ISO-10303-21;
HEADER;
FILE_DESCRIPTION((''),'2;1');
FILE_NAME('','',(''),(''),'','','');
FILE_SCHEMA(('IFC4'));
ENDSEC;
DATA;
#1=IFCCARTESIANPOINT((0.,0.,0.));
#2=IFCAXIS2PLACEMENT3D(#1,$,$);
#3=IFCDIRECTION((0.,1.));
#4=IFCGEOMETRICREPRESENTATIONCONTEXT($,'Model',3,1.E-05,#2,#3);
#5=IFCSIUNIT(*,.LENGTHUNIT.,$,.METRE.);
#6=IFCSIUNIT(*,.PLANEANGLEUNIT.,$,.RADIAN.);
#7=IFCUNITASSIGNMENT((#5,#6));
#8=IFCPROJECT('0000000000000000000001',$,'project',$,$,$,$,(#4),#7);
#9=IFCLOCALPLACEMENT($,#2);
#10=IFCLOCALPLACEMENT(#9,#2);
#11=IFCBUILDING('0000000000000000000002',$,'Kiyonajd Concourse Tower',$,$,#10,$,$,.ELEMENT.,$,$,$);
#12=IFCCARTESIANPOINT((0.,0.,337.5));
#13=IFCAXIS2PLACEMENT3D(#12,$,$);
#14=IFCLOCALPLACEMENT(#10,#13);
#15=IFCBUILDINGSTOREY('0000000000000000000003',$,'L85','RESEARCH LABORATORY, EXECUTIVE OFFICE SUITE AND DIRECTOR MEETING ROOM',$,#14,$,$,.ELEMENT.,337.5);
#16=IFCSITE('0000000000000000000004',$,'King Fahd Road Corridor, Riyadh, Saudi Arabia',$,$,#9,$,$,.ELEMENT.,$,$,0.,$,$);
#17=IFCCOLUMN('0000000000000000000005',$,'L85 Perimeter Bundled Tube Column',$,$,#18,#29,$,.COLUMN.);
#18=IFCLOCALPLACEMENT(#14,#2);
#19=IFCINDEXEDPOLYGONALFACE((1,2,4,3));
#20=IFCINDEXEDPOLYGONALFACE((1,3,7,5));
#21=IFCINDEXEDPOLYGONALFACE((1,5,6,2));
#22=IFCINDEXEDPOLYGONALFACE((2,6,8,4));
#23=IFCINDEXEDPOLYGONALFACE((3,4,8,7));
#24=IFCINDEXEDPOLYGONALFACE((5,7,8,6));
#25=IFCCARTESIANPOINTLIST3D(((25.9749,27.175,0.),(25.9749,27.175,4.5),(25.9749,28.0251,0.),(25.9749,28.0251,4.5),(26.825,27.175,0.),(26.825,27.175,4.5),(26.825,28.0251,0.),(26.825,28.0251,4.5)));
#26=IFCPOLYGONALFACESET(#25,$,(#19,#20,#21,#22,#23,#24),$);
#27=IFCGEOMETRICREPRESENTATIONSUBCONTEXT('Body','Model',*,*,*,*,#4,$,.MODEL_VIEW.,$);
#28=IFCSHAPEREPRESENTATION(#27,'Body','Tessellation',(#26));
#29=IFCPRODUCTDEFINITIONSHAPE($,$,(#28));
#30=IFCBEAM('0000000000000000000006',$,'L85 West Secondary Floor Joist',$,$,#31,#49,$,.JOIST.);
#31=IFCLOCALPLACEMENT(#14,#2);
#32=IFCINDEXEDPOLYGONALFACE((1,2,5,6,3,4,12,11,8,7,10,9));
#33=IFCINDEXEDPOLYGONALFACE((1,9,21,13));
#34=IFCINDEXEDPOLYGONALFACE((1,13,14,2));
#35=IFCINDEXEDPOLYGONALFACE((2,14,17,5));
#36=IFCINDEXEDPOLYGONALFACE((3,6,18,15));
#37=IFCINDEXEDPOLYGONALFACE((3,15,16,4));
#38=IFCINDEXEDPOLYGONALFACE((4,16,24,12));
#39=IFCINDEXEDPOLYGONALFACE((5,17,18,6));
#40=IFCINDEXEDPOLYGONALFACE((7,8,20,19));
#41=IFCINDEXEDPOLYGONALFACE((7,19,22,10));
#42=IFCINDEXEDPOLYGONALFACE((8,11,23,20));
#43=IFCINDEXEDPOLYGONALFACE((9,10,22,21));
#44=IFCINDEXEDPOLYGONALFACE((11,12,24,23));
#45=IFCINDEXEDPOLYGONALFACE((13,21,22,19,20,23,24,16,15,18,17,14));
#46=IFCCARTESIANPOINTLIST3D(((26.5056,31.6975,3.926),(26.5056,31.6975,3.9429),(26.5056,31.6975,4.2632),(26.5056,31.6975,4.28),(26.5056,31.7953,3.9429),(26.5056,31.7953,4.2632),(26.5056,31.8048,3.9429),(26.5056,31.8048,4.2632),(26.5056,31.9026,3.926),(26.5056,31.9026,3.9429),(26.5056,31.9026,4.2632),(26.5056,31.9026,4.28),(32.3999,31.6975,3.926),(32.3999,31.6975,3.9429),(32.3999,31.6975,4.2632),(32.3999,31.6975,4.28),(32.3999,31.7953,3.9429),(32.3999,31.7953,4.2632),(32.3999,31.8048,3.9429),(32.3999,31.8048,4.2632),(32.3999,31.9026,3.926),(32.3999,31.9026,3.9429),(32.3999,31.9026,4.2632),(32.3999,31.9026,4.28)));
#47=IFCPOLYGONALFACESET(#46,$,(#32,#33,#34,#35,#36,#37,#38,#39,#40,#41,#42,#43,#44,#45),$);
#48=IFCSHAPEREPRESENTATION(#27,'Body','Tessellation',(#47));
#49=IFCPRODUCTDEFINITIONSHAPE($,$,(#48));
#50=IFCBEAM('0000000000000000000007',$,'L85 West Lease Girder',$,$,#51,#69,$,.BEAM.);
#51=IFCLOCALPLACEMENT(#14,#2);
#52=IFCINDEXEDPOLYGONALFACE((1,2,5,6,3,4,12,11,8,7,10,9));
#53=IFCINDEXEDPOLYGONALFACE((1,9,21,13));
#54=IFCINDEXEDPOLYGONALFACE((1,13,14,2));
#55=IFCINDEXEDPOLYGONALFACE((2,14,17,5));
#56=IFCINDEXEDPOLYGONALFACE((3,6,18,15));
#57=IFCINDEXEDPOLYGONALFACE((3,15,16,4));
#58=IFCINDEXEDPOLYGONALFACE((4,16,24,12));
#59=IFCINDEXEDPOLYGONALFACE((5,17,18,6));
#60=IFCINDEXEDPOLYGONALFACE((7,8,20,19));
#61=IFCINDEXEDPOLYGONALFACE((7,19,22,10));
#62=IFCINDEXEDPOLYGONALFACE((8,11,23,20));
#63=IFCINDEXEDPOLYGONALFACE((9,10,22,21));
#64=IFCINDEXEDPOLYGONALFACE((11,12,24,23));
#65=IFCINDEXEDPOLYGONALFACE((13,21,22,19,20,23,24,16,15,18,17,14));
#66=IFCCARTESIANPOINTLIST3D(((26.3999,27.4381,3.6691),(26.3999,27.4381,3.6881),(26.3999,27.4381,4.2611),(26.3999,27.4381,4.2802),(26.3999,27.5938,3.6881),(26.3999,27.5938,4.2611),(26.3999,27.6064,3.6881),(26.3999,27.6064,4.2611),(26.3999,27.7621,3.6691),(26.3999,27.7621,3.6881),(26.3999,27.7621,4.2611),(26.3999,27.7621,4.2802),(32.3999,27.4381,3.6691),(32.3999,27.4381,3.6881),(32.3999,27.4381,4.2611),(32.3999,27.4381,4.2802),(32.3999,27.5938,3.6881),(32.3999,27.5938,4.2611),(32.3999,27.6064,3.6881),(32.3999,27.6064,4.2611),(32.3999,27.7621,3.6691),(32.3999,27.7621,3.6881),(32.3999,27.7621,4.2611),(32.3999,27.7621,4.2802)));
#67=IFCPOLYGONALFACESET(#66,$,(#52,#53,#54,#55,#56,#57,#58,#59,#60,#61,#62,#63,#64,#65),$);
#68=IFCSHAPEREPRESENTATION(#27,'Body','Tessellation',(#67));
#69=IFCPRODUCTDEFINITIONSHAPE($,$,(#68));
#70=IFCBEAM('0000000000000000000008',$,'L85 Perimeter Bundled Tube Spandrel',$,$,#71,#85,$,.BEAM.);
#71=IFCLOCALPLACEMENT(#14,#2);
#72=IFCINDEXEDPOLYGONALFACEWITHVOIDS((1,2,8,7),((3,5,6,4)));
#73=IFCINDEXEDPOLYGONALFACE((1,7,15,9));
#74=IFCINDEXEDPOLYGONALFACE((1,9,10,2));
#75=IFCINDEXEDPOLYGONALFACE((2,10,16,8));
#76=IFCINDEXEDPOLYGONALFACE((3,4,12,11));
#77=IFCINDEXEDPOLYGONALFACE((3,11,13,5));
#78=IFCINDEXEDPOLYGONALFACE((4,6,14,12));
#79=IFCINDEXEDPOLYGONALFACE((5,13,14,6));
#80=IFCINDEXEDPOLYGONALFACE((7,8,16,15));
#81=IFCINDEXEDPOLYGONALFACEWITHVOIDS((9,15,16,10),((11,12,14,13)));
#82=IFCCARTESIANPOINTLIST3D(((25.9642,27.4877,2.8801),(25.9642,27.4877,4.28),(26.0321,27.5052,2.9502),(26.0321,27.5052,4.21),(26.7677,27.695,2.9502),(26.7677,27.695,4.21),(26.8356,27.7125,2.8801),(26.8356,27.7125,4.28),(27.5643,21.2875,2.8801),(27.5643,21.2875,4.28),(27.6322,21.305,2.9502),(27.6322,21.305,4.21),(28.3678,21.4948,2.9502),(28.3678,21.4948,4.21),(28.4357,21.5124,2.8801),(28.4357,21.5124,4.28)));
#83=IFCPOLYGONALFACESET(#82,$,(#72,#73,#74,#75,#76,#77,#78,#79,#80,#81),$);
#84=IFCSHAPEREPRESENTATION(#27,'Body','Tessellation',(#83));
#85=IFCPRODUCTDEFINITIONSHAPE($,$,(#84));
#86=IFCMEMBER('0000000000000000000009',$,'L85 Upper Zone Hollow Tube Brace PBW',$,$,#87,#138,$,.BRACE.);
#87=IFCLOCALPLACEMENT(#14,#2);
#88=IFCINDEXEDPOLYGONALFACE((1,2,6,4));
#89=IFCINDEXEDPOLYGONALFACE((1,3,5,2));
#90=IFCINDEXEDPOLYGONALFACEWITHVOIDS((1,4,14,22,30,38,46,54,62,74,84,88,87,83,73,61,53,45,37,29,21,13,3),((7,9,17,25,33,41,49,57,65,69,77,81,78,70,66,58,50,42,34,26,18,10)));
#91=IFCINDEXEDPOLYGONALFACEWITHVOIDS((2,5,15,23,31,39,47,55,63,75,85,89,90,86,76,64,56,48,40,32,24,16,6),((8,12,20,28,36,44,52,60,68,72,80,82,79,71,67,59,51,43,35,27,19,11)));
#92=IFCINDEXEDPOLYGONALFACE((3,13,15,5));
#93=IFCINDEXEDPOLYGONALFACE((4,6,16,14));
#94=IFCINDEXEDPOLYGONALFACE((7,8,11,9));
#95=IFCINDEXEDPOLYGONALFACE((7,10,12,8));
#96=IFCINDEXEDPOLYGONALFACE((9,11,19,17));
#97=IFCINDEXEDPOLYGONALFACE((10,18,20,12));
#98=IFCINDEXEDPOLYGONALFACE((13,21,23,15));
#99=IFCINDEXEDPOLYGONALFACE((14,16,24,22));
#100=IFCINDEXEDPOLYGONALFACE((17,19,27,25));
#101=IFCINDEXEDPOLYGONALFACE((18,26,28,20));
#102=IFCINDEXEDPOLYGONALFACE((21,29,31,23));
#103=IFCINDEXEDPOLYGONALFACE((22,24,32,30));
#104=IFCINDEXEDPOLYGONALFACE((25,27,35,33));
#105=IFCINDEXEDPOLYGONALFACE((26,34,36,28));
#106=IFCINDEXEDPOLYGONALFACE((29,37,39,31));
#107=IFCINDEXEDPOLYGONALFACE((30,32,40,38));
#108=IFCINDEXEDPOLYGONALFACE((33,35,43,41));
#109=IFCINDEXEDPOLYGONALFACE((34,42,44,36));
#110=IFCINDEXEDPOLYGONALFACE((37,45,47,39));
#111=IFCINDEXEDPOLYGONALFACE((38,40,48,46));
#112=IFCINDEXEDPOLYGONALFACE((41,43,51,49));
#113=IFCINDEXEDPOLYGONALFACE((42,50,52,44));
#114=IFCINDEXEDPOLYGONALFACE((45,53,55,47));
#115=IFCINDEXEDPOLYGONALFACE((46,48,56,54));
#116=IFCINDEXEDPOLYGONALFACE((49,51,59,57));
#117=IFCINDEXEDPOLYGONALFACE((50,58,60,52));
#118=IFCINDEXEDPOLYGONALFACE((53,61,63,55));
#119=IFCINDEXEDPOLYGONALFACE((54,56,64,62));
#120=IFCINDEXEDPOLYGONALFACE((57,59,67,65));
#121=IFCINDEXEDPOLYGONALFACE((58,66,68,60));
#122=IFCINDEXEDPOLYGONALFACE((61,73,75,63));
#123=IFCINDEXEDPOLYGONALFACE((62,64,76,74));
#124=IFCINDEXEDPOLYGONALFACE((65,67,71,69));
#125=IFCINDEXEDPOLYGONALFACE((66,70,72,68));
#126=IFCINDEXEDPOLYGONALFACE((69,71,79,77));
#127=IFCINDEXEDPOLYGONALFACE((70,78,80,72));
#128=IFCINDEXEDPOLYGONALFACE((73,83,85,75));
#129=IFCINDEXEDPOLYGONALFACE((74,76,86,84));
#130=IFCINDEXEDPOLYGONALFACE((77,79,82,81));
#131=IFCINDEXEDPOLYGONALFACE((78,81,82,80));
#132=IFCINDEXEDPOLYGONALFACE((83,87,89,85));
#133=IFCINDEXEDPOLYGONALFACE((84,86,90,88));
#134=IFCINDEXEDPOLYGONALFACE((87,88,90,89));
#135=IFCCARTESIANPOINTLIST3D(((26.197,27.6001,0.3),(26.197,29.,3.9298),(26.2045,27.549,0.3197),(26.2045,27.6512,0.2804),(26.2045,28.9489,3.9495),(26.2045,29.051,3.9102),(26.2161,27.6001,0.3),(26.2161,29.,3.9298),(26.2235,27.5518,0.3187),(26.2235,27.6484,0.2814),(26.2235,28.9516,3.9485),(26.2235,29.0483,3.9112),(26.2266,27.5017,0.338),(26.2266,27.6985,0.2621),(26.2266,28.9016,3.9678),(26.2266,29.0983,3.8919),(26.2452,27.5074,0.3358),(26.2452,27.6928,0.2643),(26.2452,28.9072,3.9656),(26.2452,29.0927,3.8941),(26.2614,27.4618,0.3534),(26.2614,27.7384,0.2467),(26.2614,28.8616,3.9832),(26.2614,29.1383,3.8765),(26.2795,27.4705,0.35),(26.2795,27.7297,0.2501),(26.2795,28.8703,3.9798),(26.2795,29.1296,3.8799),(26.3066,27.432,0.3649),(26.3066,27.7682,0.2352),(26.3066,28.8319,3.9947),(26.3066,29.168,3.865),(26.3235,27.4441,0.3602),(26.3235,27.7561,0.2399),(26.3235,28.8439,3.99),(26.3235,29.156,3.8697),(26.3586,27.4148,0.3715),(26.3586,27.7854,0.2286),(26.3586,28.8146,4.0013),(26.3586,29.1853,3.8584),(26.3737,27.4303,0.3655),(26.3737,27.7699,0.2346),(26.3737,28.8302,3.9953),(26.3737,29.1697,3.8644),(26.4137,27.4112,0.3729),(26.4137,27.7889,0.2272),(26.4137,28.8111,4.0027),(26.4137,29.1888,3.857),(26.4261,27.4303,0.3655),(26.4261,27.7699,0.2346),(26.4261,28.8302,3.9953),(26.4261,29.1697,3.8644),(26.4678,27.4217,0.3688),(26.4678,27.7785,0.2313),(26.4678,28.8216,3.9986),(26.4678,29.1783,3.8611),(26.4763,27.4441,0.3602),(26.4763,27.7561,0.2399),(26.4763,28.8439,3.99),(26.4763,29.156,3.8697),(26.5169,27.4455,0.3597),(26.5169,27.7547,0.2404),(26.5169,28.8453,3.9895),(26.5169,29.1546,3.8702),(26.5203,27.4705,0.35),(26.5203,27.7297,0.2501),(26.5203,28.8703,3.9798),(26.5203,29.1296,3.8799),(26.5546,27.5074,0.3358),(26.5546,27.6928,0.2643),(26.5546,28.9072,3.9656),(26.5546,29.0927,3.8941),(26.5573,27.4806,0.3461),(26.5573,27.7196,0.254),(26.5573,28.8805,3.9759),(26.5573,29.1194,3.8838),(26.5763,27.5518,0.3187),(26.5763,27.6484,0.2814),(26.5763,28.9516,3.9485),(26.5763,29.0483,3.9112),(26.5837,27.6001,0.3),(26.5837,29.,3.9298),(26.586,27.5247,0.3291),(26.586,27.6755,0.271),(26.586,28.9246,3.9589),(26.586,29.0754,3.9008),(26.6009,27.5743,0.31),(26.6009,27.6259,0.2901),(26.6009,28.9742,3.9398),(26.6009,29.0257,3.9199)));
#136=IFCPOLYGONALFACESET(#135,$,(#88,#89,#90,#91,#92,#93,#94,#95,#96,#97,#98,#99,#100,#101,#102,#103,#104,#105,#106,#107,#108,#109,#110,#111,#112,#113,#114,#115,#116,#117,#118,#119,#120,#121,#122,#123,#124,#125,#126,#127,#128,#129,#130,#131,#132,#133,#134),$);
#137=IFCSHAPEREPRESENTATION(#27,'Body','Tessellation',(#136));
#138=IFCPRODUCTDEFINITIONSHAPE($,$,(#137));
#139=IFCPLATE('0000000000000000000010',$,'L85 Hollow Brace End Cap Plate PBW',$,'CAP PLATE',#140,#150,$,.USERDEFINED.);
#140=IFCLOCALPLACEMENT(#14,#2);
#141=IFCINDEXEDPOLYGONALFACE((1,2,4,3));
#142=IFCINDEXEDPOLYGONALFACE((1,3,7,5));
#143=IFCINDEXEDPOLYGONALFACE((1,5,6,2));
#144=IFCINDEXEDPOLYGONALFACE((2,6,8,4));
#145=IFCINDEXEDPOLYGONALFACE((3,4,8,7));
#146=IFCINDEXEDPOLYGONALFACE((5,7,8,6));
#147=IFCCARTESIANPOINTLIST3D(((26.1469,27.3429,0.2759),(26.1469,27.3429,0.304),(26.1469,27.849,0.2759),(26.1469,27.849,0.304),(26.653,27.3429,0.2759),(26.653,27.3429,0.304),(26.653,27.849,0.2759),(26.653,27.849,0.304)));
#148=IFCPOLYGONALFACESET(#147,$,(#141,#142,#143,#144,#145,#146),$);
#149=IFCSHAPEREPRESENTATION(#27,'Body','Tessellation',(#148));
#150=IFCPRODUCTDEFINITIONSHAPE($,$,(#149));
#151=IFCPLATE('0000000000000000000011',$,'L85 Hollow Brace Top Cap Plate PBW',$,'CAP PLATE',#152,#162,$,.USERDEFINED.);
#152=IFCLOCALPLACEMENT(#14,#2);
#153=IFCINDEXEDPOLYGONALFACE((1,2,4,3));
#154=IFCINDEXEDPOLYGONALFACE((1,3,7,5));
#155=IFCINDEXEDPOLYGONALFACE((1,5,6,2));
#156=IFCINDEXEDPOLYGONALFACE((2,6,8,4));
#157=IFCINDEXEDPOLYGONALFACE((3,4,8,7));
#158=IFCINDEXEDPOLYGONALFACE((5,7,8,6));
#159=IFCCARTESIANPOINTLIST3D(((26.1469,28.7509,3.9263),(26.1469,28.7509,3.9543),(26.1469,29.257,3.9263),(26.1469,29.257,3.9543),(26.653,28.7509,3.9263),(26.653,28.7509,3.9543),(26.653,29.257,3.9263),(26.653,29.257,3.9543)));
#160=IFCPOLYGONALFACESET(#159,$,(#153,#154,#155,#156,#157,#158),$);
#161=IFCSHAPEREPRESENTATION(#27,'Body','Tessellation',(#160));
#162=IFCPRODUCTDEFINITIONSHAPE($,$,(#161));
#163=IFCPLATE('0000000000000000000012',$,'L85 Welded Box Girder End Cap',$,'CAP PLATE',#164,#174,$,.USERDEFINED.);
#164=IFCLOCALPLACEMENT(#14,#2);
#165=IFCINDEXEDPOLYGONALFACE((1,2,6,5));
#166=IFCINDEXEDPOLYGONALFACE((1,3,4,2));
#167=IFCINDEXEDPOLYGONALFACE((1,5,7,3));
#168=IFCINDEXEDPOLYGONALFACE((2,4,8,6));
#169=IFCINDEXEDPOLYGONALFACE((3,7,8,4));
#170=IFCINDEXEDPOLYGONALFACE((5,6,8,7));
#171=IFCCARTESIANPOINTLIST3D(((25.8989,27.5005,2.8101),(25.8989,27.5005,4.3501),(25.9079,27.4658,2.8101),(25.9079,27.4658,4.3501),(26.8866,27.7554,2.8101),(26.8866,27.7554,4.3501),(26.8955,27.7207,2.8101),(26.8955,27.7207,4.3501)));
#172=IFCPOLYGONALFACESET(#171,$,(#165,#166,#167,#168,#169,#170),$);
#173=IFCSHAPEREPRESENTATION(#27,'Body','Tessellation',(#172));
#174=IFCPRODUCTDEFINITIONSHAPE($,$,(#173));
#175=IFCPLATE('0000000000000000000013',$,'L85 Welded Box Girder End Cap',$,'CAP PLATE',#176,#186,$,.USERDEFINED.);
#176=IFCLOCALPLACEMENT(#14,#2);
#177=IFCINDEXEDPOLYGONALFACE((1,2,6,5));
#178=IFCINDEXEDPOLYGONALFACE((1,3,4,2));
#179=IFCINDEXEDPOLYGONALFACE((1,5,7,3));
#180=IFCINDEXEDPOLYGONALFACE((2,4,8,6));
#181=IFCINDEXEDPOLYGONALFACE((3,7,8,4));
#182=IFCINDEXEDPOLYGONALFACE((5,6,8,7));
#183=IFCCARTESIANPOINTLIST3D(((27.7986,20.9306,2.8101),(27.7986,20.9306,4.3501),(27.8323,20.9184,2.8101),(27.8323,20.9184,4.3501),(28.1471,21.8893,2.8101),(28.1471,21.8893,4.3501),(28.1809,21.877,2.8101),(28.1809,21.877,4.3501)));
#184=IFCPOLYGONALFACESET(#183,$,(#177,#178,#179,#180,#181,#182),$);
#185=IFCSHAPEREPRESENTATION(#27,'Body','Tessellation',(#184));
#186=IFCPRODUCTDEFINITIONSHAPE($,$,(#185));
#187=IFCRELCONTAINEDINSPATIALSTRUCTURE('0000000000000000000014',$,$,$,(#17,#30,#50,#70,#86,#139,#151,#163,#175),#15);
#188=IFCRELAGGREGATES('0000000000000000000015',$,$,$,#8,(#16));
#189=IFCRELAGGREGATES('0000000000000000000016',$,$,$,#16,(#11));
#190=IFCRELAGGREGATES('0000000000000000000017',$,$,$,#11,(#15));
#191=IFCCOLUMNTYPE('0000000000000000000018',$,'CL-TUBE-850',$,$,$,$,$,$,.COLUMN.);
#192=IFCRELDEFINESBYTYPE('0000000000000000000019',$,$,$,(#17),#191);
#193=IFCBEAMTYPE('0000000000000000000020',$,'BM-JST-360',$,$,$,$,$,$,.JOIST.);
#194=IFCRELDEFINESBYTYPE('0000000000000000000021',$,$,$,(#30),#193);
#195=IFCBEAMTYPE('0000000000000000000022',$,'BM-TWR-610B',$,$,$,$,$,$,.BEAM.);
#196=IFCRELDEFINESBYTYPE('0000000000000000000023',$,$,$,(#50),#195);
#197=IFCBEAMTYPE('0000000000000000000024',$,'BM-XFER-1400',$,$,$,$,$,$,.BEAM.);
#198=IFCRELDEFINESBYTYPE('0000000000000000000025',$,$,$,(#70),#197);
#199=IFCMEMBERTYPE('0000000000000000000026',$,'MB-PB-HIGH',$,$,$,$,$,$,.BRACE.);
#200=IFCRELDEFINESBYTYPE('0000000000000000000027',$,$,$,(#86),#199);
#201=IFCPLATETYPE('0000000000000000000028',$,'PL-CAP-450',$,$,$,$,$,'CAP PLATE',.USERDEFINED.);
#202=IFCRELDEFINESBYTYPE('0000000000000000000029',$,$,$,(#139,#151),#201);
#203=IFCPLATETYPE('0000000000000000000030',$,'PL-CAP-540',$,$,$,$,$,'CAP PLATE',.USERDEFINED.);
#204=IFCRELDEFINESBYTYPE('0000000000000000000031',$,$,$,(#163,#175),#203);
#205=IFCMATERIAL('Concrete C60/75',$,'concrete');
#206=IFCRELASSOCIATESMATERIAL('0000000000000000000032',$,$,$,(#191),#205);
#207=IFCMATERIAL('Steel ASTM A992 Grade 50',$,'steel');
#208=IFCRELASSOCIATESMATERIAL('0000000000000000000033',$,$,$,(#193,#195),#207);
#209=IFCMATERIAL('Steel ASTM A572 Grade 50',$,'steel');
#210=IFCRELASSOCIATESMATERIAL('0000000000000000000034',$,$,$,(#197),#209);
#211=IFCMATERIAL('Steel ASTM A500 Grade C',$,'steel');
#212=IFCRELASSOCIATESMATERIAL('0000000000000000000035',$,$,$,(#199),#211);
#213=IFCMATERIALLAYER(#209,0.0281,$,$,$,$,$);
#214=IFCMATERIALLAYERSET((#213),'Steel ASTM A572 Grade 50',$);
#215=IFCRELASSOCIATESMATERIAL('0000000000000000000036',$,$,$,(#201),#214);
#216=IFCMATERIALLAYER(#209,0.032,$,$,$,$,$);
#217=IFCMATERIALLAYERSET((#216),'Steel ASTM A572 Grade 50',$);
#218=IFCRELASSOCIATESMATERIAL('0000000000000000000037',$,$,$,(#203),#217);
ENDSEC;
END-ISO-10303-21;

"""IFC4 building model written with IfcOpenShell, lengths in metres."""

from ifc_helpers import new_model, si_unit, direction, frame, origin, origin_2d, place, context, subcontext, project, spatial, rectangle, hollow_rectangle, hollow_circle, i_section, extrude, material, layer, layer_set, material_profile, profile_set, type_object, element, save


model = new_model("IFC4")

# Units and contexts
model_context = context("Model", 3, precision=1e-05, world=origin(), true_north=direction((0.0, 1.0)))
body_context = subcontext(model_context, "Body", "Model", "MODEL_VIEW")
ifc_project = project(units=[si_unit("LENGTHUNIT", "METRE"), si_unit("PLANEANGLEUNIT", "RADIAN")], contexts=[model_context])

# Site, building, storey
site_placement = place(None, origin())
site = spatial("IfcSite", under=ifc_project, at=site_placement, Name="King Fahd Road Corridor, Riyadh, Saudi Arabia", CompositionType="ELEMENT", RefElevation=0.0)
building_placement = place(site_placement, origin())
building = spatial("IfcBuilding", under=site, at=building_placement, Name="Kiyonajd Concourse Tower", CompositionType="ELEMENT")
storey_placement = place(building_placement, frame((0.0, 0.0, 337.5)))
storey = spatial("IfcBuildingStorey", under=building, at=storey_placement, Name="L85", Description="RESEARCH LABORATORY, EXECUTIVE OFFICE SUITE AND DIRECTOR MEETING ROOM", CompositionType="ELEMENT", Elevation=337.5)

# Column
ifc_material_1 = material(Name="Concrete C60/75", Category="concrete")
ifc_material_profile_1 = material_profile(ifc_material_1, rectangle(XDim=0.8501, YDim=0.8501, at=origin_2d()), Name="RC-850x850")
ifc_profile_set_1 = profile_set([ifc_material_profile_1], Name="Concrete C60/75")
column_type = type_object("IfcColumnType", Name="CL-TUBE-850", PredefinedType="COLUMN", material=ifc_profile_set_1)
column_placement = place(storey_placement, frame((26.3999, 27.6001, 0.0), z_axis=(0.0, 0.0, 1.0), x_axis=(1.0, 0.0, 0.0)))
element("IfcColumn", 1, at=column_placement, inside=storey, type_object=column_type, Name="L85 Perimeter Bundled Tube Column", PredefinedType="COLUMN", context=body_context, shape_type="SweptSolid", body=[
    extrude(rectangle(XDim=0.8501, YDim=0.8501, at=origin_2d()), origin(), (0.0, 0.0, 1.0), 4.5),
])

# Beams
ifc_material_2 = material(Name="Steel ASTM A992 Grade 50", Category="steel")
ifc_material_profile_2 = material_profile(ifc_material_2, i_section(OverallWidth=0.2051, OverallDepth=0.354, WebThickness=0.0095, FlangeThickness=0.0168, at=origin_2d()), Name="W360X79")
ifc_profile_set_2 = profile_set([ifc_material_profile_2], Name="Steel ASTM A992 Grade 50")
beam_type_1 = type_object("IfcBeamType", Name="BM-JST-360", PredefinedType="JOIST", material=ifc_profile_set_2)
beam_1_placement = place(storey_placement, frame((26.5056, 31.8, 4.103), z_axis=(1.0, 0.0, 0.0), x_axis=(0.0, 1.0, 0.0)))
element("IfcBeam", 2, at=beam_1_placement, inside=storey, type_object=beam_type_1, Name="L85 West Secondary Floor Joist", PredefinedType="JOIST", context=body_context, shape_type="SweptSolid", body=[
    extrude(i_section(OverallWidth=0.2051, OverallDepth=0.354, WebThickness=0.0095, FlangeThickness=0.0168, at=origin_2d()), origin(), (0.0, 0.0, 1.0), 5.8943),
])
ifc_material_profile_3 = material_profile(ifc_material_2, i_section(OverallWidth=0.324, OverallDepth=0.6111, WebThickness=0.0127, FlangeThickness=0.019, at=origin_2d()), Name="W610X155")
ifc_profile_set_3 = profile_set([ifc_material_profile_3], Name="Steel ASTM A992 Grade 50")
beam_type_2 = type_object("IfcBeamType", Name="BM-TWR-610B", PredefinedType="BEAM", material=ifc_profile_set_3)
beam_2_placement = place(storey_placement, frame((26.3999, 27.6001, 3.9746), z_axis=(1.0, 0.0, 0.0), x_axis=(0.0, 1.0, 0.0)))
element("IfcBeam", 3, at=beam_2_placement, inside=storey, type_object=beam_type_2, Name="L85 West Lease Girder", PredefinedType="BEAM", context=body_context, shape_type="SweptSolid", body=[
    extrude(i_section(OverallWidth=0.324, OverallDepth=0.6111, WebThickness=0.0127, FlangeThickness=0.019, at=origin_2d()), origin(), (0.0, 0.0, 1.0), 6.0),
])
ifc_material_3 = material(Name="Steel ASTM A572 Grade 50", Category="steel")
ifc_material_profile_4 = material_profile(ifc_material_3, hollow_rectangle(XDim=0.8999, YDim=1.3999, WallThickness=0.0701, at=origin_2d()), Name="BOX-1400x900x70")
ifc_profile_set_4 = profile_set([ifc_material_profile_4], Name="Steel ASTM A572 Grade 50")
beam_type_3 = type_object("IfcBeamType", Name="BM-XFER-1400", PredefinedType="BEAM", material=ifc_profile_set_4)
beam_3_placement = place(storey_placement, frame((26.3999, 27.6001, 3.5801), z_axis=(0.249885, -0.968276, 0.0), x_axis=(0.968276, 0.249885, 0.0)))
element("IfcBeam", 4, at=beam_3_placement, inside=storey, type_object=beam_type_3, Name="L85 Perimeter Bundled Tube Spandrel", PredefinedType="BEAM", context=body_context, shape_type="SweptSolid", body=[
    extrude(hollow_rectangle(XDim=0.8999, YDim=1.3999, WallThickness=0.0701, at=origin_2d()), origin(), (0.0, 0.0, 1.0), 6.4033),
])

# Member
ifc_material_4 = material(Name="Steel ASTM A500 Grade C", Category="steel")
ifc_material_profile_5 = material_profile(ifc_material_4, hollow_circle(Radius=0.2029, WallThickness=0.019, at=origin_2d()), Name="CHS-406x19")
ifc_profile_set_5 = profile_set([ifc_material_profile_5], Name="Steel ASTM A500 Grade C")
member_type = type_object("IfcMemberType", Name="MB-PB-HIGH", PredefinedType="BRACE", material=ifc_profile_set_5)
member_placement = place(storey_placement, frame((26.3999, 27.6001, 0.3), z_axis=(0.0, 0.359828, 0.933019), x_axis=(-1.0, 0.0, 0.0)))
element("IfcMember", 5, at=member_placement, inside=storey, type_object=member_type, Name="L85 Upper Zone Hollow Tube Brace PBW", PredefinedType="BRACE", context=body_context, shape_type="SweptSolid", body=[
    extrude(hollow_circle(Radius=0.2029, WallThickness=0.019, at=origin_2d()), origin(), (0.0, 0.0, 1.0), 3.8904),
])

# Plates
ifc_layer_1 = layer(ifc_material_3, 0.0281)
ifc_layer_set_1 = layer_set([ifc_layer_1], Name="Steel ASTM A572 Grade 50")
plate_type_1 = type_object("IfcPlateType", Name="PL-CAP-450", ElementType="CAP PLATE", PredefinedType="USERDEFINED", material=ifc_layer_set_1)
for number, where, z_axis, x_axis, name in (
    (6, (26.3999, 27.5959, 0.2759), (0.0, 0.0, 1.0), (1.0, 0.0, 0.0), "L85 Hollow Brace End Cap Plate PBW"),
    (7, (26.3999, 29.0039, 3.9263), (0.0, 0.0, 1.0), (1.0, 0.0, 0.0), "L85 Hollow Brace Top Cap Plate PBW"),
):
    element("IfcPlate", number, at=place(storey_placement, frame(where, z_axis=z_axis, x_axis=x_axis)), inside=storey, type_object=plate_type_1, Name=name, ObjectType="CAP PLATE", PredefinedType="USERDEFINED", context=body_context, shape_type="SweptSolid", body=[
        extrude(rectangle(XDim=0.5061, YDim=0.5061, at=origin_2d()), origin(), (0.0, 0.0, 1.0), 0.0281),
    ])
ifc_layer_2 = layer(ifc_material_3, 0.032)
ifc_layer_set_2 = layer_set([ifc_layer_2], Name="Steel ASTM A572 Grade 50")
plate_type_2 = type_object("IfcPlateType", Name="PL-CAP-540", ElementType="CAP PLATE", PredefinedType="USERDEFINED", material=ifc_layer_set_2)
for number, where, z_axis, x_axis, name in (
    (8, (26.3972, 27.6106, 2.8101), (0.0, 0.0, 1.0), (-0.249873, 0.968279, 0.0), "L85 Welded Box Girder End Cap"),
    (9, (27.9897, 21.4038, 2.8101), (0.0, 0.0, 1.0), (-0.939812, 0.341692, 0.0), "L85 Welded Box Girder End Cap"),
):
    element("IfcPlate", number, at=place(storey_placement, frame(where, z_axis=z_axis, x_axis=x_axis)), inside=storey, type_object=plate_type_2, Name=name, ObjectType="CAP PLATE", PredefinedType="USERDEFINED", context=body_context, shape_type="SweptSolid", body=[
        extrude(rectangle(XDim=0.0359, YDim=1.02, at=origin_2d()), origin(), (0.0, 0.0, 1.0), 1.54),
    ])

save(model, "model.ifc")
